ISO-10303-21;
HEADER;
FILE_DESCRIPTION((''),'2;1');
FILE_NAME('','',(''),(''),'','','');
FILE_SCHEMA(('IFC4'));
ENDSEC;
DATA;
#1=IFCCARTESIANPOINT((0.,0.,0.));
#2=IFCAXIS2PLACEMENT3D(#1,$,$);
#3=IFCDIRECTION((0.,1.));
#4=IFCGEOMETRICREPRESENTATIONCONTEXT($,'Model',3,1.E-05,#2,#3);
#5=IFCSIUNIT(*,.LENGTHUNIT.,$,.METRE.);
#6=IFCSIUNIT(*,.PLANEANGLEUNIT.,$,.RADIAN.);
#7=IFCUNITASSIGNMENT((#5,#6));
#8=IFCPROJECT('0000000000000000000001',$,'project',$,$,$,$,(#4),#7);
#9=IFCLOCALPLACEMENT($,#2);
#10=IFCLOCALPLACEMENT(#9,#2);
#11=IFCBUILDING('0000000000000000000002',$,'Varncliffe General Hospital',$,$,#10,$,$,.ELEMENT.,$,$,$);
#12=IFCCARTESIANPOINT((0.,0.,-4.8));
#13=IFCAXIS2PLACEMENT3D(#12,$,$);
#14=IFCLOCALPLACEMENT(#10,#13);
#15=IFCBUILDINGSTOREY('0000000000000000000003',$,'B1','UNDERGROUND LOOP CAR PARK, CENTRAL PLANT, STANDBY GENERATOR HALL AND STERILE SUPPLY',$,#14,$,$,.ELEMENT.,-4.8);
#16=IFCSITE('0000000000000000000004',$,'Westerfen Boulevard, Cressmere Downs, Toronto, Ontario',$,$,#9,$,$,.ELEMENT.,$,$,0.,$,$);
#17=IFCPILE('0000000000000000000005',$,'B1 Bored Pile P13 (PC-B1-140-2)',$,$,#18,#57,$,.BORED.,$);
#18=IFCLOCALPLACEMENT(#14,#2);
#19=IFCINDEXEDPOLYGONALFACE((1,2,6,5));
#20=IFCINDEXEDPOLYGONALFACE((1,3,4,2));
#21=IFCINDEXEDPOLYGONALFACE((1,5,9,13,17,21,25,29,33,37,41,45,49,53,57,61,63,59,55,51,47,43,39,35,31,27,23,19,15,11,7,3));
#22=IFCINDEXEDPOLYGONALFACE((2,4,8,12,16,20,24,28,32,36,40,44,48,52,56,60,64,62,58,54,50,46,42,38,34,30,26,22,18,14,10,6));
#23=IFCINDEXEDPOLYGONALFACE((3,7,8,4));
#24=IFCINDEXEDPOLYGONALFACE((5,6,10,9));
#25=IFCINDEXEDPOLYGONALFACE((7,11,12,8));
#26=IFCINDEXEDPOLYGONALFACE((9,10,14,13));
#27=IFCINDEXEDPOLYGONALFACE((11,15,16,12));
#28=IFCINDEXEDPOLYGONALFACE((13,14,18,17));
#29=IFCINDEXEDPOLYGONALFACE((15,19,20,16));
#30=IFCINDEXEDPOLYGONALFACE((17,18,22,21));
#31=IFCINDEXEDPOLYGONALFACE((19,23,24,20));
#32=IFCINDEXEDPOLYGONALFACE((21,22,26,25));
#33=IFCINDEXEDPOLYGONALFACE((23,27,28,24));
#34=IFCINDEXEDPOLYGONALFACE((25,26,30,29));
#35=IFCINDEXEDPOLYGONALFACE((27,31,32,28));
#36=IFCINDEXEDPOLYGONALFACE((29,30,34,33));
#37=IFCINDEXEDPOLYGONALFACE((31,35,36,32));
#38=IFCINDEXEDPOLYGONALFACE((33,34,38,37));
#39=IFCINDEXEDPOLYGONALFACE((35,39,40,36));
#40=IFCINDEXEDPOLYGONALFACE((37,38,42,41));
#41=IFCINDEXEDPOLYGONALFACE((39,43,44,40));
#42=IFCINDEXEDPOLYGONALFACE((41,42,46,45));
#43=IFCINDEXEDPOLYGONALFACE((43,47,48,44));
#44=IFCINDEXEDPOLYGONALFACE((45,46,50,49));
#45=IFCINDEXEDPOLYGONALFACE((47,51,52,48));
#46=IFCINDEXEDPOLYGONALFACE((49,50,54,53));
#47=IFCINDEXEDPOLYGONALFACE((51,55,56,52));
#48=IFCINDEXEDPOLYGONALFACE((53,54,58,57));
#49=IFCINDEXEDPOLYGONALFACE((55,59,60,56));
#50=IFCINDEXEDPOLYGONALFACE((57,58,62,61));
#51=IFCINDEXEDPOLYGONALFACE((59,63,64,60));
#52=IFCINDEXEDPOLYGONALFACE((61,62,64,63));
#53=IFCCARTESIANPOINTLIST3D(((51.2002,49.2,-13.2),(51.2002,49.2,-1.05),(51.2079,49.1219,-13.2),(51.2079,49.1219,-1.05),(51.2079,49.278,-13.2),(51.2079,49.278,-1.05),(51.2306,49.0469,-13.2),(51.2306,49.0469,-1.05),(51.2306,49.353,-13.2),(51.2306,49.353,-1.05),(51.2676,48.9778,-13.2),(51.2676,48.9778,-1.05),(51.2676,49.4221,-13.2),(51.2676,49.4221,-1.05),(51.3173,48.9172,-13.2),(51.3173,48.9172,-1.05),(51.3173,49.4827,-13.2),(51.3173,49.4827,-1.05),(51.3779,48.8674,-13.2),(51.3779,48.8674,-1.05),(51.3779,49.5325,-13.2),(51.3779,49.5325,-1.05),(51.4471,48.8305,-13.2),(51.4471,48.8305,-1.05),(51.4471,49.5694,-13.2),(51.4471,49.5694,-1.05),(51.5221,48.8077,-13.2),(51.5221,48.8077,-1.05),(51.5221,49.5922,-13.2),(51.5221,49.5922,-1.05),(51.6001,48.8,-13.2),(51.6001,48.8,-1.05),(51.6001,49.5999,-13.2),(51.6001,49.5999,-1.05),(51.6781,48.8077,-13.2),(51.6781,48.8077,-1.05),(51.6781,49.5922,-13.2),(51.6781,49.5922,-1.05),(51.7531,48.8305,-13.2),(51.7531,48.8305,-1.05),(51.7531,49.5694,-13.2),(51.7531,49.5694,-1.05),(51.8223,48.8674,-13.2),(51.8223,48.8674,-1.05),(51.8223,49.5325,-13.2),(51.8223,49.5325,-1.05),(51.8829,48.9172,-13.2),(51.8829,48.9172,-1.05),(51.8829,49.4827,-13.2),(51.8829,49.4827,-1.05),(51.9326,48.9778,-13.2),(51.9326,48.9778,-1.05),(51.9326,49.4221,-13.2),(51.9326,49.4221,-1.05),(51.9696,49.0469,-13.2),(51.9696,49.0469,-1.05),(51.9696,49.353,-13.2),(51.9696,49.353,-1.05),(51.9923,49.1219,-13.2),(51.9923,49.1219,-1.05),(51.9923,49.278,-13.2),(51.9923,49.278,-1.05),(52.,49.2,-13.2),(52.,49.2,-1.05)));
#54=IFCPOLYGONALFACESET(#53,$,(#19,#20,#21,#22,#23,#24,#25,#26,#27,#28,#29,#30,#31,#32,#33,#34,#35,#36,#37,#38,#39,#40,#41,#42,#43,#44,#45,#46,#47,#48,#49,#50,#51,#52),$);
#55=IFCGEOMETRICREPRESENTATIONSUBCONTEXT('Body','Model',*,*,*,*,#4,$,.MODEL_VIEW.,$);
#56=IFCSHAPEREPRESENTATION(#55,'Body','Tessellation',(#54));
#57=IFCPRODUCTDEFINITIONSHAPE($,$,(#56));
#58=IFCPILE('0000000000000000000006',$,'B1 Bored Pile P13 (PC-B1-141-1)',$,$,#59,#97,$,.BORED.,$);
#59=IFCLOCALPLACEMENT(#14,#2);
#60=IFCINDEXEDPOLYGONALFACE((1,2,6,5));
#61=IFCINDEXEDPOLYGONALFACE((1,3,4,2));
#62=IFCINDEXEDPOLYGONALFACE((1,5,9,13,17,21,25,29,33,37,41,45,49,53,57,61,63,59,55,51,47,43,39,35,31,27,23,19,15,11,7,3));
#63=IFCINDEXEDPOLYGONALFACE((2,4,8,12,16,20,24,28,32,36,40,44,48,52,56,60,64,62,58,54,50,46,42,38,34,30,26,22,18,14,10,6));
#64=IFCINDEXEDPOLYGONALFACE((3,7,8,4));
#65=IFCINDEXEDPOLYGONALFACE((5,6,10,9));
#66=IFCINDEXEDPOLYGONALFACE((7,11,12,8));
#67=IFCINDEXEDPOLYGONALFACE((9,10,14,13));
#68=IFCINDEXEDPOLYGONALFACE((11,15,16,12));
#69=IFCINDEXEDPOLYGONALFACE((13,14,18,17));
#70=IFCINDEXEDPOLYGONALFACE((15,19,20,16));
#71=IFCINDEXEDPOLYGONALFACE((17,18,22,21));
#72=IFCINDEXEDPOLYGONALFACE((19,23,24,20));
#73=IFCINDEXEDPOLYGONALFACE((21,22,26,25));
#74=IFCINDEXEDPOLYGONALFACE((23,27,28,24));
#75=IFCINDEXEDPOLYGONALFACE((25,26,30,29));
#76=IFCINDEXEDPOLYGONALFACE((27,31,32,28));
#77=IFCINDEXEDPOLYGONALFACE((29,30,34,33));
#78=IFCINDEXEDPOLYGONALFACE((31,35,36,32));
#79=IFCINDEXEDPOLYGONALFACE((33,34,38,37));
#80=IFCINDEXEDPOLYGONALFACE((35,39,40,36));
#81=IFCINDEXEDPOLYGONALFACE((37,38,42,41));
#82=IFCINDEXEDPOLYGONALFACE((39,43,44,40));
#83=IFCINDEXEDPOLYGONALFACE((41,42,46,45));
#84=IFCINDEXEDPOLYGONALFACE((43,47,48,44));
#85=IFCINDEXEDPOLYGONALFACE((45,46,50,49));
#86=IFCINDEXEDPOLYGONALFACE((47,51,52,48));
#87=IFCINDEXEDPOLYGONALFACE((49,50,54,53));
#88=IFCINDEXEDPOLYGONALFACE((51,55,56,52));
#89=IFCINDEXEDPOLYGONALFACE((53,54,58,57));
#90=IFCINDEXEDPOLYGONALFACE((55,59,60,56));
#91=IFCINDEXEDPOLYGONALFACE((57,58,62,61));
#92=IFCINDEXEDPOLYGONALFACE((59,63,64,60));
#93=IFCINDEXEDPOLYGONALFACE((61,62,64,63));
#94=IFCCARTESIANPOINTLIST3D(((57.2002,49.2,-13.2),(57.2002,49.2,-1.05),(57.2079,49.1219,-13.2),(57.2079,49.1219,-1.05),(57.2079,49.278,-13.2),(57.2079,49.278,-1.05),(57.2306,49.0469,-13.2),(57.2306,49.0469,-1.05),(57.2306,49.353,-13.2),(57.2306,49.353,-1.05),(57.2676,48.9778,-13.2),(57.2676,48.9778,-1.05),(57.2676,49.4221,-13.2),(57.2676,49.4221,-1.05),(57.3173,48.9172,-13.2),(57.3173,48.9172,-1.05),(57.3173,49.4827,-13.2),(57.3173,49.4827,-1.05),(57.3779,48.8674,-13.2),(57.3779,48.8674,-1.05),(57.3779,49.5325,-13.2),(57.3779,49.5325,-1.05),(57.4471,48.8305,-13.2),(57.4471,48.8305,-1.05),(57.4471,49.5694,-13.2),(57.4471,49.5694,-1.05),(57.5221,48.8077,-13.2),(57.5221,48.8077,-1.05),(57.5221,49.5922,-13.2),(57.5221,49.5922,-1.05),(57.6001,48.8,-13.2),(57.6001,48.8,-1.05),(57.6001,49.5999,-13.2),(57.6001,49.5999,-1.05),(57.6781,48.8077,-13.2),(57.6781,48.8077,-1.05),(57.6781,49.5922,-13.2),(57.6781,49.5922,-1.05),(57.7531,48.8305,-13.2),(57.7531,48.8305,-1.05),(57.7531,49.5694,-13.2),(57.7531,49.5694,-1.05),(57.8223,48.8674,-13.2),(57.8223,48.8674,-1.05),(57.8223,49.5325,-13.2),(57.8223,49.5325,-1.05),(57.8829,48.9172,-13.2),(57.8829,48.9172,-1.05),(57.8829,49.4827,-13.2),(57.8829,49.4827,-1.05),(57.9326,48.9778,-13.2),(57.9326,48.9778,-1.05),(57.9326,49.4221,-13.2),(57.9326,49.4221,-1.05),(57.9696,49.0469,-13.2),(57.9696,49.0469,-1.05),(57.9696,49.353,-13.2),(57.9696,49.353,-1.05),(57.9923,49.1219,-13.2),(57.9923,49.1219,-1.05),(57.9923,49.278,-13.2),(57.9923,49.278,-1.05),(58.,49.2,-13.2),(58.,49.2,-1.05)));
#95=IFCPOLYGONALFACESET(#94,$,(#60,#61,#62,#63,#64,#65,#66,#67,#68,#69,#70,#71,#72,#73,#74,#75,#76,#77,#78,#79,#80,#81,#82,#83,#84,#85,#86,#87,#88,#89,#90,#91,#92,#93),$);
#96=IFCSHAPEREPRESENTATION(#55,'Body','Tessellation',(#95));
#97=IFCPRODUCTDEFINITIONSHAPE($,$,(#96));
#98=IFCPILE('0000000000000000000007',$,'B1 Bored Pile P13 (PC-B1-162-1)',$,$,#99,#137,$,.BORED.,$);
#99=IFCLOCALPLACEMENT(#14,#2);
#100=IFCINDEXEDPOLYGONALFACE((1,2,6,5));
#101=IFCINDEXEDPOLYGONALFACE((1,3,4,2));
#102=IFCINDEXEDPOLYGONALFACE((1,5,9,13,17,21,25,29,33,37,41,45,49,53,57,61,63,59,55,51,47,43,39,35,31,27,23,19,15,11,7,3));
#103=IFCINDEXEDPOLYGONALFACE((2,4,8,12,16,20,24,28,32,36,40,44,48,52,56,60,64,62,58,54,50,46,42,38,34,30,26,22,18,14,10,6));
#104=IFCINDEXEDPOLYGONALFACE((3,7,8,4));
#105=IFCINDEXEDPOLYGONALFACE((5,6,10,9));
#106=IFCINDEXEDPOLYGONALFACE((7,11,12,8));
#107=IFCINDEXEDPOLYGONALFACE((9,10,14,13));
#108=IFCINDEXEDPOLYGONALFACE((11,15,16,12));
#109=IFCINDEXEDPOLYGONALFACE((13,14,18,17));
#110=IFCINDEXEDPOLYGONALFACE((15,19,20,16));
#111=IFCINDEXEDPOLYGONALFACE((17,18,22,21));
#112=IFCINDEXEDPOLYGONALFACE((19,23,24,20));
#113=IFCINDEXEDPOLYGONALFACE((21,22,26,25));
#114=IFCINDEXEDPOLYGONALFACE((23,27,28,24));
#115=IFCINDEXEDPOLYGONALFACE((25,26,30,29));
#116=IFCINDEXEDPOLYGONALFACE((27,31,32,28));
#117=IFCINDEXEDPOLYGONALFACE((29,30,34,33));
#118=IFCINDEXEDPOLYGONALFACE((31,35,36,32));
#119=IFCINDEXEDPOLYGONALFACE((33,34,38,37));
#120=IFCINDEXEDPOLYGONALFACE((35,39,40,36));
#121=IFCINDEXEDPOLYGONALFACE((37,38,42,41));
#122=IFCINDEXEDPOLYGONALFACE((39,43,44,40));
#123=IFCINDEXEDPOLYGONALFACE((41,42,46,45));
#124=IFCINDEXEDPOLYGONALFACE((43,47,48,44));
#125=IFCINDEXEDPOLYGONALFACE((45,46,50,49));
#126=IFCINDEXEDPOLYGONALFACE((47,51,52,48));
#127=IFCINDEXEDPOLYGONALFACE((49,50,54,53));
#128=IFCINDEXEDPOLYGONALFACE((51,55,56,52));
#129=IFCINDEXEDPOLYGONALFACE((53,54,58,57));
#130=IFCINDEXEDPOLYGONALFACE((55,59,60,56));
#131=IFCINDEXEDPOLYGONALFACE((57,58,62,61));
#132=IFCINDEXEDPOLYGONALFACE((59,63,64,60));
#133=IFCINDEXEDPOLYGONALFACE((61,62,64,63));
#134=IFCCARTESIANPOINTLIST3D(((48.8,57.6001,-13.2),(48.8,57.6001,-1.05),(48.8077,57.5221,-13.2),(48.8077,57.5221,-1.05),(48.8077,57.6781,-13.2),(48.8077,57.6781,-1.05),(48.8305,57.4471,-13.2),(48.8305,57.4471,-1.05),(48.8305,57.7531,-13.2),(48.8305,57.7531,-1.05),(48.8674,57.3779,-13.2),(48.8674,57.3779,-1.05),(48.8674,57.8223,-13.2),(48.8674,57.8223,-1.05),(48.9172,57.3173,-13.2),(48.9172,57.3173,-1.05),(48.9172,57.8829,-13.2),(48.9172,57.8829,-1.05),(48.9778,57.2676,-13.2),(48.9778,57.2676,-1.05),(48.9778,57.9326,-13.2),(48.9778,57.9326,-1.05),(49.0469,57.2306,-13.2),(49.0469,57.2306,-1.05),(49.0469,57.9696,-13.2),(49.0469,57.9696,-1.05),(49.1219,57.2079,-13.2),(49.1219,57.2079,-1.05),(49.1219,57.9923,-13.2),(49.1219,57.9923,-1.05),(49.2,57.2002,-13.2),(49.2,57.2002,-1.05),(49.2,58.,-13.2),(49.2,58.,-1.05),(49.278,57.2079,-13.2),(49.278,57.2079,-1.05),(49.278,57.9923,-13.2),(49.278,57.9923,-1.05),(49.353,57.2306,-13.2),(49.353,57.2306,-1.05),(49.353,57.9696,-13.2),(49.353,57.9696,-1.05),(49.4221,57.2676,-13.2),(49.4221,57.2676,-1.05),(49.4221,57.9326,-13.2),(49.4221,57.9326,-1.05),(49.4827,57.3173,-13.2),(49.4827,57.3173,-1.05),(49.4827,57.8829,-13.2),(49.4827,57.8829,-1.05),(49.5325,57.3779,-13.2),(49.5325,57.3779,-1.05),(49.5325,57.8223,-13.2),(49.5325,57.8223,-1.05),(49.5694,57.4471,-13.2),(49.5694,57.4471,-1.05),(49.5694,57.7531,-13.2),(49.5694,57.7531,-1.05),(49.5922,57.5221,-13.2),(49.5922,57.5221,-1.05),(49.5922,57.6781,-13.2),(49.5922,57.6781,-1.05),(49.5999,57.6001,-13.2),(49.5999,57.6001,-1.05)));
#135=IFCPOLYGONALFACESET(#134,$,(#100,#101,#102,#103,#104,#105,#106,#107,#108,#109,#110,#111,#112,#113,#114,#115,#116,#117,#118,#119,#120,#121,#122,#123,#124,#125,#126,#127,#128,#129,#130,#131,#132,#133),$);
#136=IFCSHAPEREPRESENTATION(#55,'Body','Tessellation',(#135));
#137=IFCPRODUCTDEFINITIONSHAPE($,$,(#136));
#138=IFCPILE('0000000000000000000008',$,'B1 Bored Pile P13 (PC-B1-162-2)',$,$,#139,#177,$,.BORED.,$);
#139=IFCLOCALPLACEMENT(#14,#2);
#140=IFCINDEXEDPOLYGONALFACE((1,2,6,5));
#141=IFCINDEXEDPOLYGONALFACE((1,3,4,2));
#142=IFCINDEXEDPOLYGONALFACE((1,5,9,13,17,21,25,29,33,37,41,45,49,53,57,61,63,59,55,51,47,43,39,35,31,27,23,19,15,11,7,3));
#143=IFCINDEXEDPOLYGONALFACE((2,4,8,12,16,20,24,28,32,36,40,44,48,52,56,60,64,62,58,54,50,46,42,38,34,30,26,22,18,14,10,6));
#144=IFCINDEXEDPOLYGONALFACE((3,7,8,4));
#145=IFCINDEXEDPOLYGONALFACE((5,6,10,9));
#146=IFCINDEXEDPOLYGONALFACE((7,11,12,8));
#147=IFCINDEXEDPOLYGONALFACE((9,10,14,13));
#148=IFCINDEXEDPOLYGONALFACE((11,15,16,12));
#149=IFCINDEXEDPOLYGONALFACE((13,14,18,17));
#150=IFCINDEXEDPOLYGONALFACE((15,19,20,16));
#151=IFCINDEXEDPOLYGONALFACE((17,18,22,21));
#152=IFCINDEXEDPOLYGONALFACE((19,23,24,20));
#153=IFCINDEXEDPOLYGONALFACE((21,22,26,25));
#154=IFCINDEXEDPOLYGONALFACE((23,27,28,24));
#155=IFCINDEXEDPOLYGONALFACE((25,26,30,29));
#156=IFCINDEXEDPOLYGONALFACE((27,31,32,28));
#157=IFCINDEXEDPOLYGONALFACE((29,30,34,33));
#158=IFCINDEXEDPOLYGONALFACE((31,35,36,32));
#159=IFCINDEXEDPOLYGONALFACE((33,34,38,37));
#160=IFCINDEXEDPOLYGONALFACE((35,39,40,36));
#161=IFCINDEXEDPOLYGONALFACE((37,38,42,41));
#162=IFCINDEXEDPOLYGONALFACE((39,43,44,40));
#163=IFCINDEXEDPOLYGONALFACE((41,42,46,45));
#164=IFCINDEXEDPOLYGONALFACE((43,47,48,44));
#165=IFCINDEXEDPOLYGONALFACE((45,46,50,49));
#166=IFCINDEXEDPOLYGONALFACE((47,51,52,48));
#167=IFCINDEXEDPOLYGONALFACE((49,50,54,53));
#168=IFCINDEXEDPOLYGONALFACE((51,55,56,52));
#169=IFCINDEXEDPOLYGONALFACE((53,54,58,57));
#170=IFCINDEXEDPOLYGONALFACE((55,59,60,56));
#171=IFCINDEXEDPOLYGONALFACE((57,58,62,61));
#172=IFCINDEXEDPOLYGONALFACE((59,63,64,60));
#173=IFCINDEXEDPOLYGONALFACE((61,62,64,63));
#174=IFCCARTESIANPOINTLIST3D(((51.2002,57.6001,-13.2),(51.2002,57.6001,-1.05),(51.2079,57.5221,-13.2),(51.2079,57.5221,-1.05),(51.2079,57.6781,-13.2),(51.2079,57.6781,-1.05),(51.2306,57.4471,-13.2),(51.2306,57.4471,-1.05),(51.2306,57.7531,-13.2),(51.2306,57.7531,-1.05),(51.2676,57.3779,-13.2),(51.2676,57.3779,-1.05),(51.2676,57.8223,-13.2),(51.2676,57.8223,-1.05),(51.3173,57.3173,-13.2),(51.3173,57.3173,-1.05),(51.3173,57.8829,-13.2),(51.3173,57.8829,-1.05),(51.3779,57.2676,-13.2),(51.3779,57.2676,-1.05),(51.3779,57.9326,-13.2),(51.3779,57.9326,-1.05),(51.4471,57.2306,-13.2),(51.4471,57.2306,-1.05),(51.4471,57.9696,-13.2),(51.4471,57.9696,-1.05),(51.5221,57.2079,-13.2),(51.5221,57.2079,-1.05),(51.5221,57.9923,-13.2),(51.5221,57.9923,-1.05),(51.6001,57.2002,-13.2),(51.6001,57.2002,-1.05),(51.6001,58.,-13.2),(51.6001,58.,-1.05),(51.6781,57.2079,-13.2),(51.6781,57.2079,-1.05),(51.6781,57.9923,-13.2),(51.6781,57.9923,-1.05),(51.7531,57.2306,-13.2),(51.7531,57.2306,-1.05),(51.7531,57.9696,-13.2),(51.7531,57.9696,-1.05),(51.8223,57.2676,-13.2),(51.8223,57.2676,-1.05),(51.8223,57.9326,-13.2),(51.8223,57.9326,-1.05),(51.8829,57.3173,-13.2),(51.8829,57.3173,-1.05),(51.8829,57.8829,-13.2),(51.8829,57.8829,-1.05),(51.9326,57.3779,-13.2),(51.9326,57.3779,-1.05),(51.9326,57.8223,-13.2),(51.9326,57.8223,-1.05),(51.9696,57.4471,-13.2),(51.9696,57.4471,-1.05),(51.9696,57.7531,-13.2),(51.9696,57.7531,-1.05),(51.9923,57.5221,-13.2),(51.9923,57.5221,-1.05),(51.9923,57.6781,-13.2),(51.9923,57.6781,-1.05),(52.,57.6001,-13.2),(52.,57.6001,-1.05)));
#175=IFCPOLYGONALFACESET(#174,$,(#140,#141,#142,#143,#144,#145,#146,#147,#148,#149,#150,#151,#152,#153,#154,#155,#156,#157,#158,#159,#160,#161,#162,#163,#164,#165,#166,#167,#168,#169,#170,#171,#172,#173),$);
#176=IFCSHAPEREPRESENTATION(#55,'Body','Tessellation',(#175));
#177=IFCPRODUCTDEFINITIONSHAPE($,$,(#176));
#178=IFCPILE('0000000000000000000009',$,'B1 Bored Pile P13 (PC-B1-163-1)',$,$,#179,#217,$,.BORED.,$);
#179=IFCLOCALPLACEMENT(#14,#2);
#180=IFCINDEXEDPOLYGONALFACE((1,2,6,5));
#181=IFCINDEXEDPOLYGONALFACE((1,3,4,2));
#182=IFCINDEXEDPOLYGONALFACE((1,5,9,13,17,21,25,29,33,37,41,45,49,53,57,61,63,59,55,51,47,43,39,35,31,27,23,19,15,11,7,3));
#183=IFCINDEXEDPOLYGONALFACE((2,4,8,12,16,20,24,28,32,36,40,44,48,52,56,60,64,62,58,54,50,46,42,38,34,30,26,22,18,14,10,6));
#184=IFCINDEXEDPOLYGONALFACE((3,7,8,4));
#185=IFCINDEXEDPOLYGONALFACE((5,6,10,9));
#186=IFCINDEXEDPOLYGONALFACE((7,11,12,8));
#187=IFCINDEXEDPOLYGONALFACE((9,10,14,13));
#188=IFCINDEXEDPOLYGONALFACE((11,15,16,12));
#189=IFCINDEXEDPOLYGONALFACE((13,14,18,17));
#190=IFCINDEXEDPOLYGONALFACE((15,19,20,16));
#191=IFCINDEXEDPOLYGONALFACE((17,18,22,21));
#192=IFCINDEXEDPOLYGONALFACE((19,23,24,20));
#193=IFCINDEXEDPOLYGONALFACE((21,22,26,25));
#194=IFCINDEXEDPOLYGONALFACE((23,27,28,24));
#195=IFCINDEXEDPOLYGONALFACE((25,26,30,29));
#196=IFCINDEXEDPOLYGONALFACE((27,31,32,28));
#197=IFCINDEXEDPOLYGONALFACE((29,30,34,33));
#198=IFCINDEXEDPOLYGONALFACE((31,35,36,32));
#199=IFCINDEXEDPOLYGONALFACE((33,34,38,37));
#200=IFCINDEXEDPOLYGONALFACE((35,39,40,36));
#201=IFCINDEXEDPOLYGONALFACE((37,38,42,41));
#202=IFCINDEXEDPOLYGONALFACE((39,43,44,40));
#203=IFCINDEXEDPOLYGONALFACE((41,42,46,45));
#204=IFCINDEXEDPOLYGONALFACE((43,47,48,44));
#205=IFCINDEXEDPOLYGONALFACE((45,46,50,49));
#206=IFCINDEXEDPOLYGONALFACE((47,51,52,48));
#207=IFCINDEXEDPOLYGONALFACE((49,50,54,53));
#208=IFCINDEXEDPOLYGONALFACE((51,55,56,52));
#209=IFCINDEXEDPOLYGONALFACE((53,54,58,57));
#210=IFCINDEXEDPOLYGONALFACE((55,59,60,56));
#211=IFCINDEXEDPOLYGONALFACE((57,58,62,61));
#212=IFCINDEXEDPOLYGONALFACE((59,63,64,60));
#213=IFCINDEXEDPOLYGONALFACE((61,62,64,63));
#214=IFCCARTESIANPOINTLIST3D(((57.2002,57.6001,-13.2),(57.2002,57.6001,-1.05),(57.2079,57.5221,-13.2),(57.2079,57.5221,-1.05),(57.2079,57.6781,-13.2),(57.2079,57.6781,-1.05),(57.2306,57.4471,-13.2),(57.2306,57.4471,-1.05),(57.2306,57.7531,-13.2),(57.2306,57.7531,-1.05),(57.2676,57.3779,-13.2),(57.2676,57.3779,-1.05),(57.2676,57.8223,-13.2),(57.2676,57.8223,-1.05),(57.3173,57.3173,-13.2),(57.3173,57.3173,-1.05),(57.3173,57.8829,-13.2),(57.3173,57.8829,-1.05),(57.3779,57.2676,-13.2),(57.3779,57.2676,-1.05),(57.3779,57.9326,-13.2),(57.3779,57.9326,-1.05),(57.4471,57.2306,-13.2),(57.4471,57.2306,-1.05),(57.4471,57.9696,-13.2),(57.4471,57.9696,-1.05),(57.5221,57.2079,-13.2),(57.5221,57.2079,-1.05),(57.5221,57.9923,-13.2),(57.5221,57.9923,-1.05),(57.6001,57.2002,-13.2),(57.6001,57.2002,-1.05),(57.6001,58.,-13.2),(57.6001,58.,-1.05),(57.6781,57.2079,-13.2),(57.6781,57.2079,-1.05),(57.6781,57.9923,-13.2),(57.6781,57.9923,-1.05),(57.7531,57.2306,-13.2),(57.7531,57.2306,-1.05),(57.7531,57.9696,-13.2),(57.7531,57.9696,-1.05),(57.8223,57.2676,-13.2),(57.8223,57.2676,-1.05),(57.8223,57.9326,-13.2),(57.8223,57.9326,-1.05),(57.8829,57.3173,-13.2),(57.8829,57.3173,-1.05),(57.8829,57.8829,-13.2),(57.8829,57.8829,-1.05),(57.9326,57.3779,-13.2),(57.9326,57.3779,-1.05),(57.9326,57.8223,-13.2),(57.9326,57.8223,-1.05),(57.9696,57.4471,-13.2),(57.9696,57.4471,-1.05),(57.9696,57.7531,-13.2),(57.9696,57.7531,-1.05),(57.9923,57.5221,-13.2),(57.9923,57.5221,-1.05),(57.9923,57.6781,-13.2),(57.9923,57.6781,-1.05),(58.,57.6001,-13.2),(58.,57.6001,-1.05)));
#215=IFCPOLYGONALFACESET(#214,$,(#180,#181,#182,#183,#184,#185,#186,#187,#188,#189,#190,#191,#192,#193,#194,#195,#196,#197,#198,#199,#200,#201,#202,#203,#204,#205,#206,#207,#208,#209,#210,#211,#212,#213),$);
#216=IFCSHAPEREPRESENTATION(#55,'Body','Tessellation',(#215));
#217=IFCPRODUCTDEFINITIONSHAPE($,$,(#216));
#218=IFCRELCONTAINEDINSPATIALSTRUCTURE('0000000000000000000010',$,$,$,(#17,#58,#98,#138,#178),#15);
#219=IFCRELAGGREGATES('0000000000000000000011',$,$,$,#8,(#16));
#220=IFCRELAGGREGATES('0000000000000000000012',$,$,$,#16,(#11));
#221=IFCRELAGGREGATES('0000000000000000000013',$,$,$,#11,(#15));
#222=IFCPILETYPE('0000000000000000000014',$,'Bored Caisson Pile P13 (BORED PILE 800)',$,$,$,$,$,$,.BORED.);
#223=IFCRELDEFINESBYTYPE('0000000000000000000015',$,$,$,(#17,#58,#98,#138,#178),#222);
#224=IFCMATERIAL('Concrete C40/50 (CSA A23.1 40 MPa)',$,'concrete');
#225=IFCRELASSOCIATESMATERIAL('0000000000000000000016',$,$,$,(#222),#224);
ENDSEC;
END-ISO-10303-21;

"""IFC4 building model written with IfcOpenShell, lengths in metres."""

from ifc_helpers import new_model, si_unit, direction, frame, origin, origin_2d, place, context, subcontext, project, spatial, circle, extrude, material, material_profile, profile_set, type_object, element, save


model = new_model("IFC4")

# Units and contexts
model_context = context("Model", 3, precision=1e-05, world=origin(), true_north=direction((0.0, 1.0)))
body_context = subcontext(model_context, "Body", "Model", "MODEL_VIEW")
ifc_project = project(units=[si_unit("LENGTHUNIT", "METRE"), si_unit("PLANEANGLEUNIT", "RADIAN")], contexts=[model_context])

# Site, building, storey
site_placement = place(None, origin())
site = spatial("IfcSite", under=ifc_project, at=site_placement, Name="Westerfen Boulevard, Cressmere Downs, Toronto, Ontario", CompositionType="ELEMENT", RefElevation=0.0)
building_placement = place(site_placement, origin())
building = spatial("IfcBuilding", under=site, at=building_placement, Name="Varncliffe General Hospital", CompositionType="ELEMENT")
storey_placement = place(building_placement, frame((0.0, 0.0, -4.8)))
storey = spatial("IfcBuildingStorey", under=building, at=storey_placement, Name="B1", Description="UNDERGROUND LOOP CAR PARK, CENTRAL PLANT, STANDBY GENERATOR HALL AND STERILE SUPPLY", CompositionType="ELEMENT", Elevation=-4.8)

# Piles
ifc_material_1 = material(Name="Concrete C40/50 (CSA A23.1 40 MPa)", Category="concrete")
ifc_material_profile_1 = material_profile(ifc_material_1, circle(Radius=0.3999, at=origin_2d()), Name="BORED PILE 800")
ifc_profile_set_1 = profile_set([ifc_material_profile_1], Name="Concrete C40/50 (CSA A23.1 40 MPa)")
pile_type = type_object("IfcPileType", Name="Bored Caisson Pile P13 (BORED PILE 800)", PredefinedType="BORED", material=ifc_profile_set_1)
for number, where, z_axis, x_axis, name in (
    (1, (51.6001, 49.2, -1.05), (0.0, 0.0, -1.0), (1.0, 0.0, 0.0), "B1 Bored Pile P13 (PC-B1-140-2)"),
    (2, (57.6001, 49.2, -1.05), (0.0, 0.0, -1.0), (1.0, 0.0, 0.0), "B1 Bored Pile P13 (PC-B1-141-1)"),
    (3, (49.2, 57.6001, -1.05), (0.0, 0.0, -1.0), (1.0, 0.0, 0.0), "B1 Bored Pile P13 (PC-B1-162-1)"),
    (4, (51.6001, 57.6001, -1.05), (0.0, 0.0, -1.0), (1.0, 0.0, 0.0), "B1 Bored Pile P13 (PC-B1-162-2)"),
    (5, (57.6001, 57.6001, -1.05), (0.0, 0.0, -1.0), (1.0, 0.0, 0.0), "B1 Bored Pile P13 (PC-B1-163-1)"),
):
    element("IfcPile", number, at=place(storey_placement, frame(where, z_axis=z_axis, x_axis=x_axis)), inside=storey, type_object=pile_type, Name=name, PredefinedType="BORED", context=body_context, shape_type="SweptSolid", body=[
        extrude(circle(Radius=0.3999, at=origin_2d()), origin(), (0.0, 0.0, 1.0), 12.1499),
    ])

save(model, "model.ifc")
